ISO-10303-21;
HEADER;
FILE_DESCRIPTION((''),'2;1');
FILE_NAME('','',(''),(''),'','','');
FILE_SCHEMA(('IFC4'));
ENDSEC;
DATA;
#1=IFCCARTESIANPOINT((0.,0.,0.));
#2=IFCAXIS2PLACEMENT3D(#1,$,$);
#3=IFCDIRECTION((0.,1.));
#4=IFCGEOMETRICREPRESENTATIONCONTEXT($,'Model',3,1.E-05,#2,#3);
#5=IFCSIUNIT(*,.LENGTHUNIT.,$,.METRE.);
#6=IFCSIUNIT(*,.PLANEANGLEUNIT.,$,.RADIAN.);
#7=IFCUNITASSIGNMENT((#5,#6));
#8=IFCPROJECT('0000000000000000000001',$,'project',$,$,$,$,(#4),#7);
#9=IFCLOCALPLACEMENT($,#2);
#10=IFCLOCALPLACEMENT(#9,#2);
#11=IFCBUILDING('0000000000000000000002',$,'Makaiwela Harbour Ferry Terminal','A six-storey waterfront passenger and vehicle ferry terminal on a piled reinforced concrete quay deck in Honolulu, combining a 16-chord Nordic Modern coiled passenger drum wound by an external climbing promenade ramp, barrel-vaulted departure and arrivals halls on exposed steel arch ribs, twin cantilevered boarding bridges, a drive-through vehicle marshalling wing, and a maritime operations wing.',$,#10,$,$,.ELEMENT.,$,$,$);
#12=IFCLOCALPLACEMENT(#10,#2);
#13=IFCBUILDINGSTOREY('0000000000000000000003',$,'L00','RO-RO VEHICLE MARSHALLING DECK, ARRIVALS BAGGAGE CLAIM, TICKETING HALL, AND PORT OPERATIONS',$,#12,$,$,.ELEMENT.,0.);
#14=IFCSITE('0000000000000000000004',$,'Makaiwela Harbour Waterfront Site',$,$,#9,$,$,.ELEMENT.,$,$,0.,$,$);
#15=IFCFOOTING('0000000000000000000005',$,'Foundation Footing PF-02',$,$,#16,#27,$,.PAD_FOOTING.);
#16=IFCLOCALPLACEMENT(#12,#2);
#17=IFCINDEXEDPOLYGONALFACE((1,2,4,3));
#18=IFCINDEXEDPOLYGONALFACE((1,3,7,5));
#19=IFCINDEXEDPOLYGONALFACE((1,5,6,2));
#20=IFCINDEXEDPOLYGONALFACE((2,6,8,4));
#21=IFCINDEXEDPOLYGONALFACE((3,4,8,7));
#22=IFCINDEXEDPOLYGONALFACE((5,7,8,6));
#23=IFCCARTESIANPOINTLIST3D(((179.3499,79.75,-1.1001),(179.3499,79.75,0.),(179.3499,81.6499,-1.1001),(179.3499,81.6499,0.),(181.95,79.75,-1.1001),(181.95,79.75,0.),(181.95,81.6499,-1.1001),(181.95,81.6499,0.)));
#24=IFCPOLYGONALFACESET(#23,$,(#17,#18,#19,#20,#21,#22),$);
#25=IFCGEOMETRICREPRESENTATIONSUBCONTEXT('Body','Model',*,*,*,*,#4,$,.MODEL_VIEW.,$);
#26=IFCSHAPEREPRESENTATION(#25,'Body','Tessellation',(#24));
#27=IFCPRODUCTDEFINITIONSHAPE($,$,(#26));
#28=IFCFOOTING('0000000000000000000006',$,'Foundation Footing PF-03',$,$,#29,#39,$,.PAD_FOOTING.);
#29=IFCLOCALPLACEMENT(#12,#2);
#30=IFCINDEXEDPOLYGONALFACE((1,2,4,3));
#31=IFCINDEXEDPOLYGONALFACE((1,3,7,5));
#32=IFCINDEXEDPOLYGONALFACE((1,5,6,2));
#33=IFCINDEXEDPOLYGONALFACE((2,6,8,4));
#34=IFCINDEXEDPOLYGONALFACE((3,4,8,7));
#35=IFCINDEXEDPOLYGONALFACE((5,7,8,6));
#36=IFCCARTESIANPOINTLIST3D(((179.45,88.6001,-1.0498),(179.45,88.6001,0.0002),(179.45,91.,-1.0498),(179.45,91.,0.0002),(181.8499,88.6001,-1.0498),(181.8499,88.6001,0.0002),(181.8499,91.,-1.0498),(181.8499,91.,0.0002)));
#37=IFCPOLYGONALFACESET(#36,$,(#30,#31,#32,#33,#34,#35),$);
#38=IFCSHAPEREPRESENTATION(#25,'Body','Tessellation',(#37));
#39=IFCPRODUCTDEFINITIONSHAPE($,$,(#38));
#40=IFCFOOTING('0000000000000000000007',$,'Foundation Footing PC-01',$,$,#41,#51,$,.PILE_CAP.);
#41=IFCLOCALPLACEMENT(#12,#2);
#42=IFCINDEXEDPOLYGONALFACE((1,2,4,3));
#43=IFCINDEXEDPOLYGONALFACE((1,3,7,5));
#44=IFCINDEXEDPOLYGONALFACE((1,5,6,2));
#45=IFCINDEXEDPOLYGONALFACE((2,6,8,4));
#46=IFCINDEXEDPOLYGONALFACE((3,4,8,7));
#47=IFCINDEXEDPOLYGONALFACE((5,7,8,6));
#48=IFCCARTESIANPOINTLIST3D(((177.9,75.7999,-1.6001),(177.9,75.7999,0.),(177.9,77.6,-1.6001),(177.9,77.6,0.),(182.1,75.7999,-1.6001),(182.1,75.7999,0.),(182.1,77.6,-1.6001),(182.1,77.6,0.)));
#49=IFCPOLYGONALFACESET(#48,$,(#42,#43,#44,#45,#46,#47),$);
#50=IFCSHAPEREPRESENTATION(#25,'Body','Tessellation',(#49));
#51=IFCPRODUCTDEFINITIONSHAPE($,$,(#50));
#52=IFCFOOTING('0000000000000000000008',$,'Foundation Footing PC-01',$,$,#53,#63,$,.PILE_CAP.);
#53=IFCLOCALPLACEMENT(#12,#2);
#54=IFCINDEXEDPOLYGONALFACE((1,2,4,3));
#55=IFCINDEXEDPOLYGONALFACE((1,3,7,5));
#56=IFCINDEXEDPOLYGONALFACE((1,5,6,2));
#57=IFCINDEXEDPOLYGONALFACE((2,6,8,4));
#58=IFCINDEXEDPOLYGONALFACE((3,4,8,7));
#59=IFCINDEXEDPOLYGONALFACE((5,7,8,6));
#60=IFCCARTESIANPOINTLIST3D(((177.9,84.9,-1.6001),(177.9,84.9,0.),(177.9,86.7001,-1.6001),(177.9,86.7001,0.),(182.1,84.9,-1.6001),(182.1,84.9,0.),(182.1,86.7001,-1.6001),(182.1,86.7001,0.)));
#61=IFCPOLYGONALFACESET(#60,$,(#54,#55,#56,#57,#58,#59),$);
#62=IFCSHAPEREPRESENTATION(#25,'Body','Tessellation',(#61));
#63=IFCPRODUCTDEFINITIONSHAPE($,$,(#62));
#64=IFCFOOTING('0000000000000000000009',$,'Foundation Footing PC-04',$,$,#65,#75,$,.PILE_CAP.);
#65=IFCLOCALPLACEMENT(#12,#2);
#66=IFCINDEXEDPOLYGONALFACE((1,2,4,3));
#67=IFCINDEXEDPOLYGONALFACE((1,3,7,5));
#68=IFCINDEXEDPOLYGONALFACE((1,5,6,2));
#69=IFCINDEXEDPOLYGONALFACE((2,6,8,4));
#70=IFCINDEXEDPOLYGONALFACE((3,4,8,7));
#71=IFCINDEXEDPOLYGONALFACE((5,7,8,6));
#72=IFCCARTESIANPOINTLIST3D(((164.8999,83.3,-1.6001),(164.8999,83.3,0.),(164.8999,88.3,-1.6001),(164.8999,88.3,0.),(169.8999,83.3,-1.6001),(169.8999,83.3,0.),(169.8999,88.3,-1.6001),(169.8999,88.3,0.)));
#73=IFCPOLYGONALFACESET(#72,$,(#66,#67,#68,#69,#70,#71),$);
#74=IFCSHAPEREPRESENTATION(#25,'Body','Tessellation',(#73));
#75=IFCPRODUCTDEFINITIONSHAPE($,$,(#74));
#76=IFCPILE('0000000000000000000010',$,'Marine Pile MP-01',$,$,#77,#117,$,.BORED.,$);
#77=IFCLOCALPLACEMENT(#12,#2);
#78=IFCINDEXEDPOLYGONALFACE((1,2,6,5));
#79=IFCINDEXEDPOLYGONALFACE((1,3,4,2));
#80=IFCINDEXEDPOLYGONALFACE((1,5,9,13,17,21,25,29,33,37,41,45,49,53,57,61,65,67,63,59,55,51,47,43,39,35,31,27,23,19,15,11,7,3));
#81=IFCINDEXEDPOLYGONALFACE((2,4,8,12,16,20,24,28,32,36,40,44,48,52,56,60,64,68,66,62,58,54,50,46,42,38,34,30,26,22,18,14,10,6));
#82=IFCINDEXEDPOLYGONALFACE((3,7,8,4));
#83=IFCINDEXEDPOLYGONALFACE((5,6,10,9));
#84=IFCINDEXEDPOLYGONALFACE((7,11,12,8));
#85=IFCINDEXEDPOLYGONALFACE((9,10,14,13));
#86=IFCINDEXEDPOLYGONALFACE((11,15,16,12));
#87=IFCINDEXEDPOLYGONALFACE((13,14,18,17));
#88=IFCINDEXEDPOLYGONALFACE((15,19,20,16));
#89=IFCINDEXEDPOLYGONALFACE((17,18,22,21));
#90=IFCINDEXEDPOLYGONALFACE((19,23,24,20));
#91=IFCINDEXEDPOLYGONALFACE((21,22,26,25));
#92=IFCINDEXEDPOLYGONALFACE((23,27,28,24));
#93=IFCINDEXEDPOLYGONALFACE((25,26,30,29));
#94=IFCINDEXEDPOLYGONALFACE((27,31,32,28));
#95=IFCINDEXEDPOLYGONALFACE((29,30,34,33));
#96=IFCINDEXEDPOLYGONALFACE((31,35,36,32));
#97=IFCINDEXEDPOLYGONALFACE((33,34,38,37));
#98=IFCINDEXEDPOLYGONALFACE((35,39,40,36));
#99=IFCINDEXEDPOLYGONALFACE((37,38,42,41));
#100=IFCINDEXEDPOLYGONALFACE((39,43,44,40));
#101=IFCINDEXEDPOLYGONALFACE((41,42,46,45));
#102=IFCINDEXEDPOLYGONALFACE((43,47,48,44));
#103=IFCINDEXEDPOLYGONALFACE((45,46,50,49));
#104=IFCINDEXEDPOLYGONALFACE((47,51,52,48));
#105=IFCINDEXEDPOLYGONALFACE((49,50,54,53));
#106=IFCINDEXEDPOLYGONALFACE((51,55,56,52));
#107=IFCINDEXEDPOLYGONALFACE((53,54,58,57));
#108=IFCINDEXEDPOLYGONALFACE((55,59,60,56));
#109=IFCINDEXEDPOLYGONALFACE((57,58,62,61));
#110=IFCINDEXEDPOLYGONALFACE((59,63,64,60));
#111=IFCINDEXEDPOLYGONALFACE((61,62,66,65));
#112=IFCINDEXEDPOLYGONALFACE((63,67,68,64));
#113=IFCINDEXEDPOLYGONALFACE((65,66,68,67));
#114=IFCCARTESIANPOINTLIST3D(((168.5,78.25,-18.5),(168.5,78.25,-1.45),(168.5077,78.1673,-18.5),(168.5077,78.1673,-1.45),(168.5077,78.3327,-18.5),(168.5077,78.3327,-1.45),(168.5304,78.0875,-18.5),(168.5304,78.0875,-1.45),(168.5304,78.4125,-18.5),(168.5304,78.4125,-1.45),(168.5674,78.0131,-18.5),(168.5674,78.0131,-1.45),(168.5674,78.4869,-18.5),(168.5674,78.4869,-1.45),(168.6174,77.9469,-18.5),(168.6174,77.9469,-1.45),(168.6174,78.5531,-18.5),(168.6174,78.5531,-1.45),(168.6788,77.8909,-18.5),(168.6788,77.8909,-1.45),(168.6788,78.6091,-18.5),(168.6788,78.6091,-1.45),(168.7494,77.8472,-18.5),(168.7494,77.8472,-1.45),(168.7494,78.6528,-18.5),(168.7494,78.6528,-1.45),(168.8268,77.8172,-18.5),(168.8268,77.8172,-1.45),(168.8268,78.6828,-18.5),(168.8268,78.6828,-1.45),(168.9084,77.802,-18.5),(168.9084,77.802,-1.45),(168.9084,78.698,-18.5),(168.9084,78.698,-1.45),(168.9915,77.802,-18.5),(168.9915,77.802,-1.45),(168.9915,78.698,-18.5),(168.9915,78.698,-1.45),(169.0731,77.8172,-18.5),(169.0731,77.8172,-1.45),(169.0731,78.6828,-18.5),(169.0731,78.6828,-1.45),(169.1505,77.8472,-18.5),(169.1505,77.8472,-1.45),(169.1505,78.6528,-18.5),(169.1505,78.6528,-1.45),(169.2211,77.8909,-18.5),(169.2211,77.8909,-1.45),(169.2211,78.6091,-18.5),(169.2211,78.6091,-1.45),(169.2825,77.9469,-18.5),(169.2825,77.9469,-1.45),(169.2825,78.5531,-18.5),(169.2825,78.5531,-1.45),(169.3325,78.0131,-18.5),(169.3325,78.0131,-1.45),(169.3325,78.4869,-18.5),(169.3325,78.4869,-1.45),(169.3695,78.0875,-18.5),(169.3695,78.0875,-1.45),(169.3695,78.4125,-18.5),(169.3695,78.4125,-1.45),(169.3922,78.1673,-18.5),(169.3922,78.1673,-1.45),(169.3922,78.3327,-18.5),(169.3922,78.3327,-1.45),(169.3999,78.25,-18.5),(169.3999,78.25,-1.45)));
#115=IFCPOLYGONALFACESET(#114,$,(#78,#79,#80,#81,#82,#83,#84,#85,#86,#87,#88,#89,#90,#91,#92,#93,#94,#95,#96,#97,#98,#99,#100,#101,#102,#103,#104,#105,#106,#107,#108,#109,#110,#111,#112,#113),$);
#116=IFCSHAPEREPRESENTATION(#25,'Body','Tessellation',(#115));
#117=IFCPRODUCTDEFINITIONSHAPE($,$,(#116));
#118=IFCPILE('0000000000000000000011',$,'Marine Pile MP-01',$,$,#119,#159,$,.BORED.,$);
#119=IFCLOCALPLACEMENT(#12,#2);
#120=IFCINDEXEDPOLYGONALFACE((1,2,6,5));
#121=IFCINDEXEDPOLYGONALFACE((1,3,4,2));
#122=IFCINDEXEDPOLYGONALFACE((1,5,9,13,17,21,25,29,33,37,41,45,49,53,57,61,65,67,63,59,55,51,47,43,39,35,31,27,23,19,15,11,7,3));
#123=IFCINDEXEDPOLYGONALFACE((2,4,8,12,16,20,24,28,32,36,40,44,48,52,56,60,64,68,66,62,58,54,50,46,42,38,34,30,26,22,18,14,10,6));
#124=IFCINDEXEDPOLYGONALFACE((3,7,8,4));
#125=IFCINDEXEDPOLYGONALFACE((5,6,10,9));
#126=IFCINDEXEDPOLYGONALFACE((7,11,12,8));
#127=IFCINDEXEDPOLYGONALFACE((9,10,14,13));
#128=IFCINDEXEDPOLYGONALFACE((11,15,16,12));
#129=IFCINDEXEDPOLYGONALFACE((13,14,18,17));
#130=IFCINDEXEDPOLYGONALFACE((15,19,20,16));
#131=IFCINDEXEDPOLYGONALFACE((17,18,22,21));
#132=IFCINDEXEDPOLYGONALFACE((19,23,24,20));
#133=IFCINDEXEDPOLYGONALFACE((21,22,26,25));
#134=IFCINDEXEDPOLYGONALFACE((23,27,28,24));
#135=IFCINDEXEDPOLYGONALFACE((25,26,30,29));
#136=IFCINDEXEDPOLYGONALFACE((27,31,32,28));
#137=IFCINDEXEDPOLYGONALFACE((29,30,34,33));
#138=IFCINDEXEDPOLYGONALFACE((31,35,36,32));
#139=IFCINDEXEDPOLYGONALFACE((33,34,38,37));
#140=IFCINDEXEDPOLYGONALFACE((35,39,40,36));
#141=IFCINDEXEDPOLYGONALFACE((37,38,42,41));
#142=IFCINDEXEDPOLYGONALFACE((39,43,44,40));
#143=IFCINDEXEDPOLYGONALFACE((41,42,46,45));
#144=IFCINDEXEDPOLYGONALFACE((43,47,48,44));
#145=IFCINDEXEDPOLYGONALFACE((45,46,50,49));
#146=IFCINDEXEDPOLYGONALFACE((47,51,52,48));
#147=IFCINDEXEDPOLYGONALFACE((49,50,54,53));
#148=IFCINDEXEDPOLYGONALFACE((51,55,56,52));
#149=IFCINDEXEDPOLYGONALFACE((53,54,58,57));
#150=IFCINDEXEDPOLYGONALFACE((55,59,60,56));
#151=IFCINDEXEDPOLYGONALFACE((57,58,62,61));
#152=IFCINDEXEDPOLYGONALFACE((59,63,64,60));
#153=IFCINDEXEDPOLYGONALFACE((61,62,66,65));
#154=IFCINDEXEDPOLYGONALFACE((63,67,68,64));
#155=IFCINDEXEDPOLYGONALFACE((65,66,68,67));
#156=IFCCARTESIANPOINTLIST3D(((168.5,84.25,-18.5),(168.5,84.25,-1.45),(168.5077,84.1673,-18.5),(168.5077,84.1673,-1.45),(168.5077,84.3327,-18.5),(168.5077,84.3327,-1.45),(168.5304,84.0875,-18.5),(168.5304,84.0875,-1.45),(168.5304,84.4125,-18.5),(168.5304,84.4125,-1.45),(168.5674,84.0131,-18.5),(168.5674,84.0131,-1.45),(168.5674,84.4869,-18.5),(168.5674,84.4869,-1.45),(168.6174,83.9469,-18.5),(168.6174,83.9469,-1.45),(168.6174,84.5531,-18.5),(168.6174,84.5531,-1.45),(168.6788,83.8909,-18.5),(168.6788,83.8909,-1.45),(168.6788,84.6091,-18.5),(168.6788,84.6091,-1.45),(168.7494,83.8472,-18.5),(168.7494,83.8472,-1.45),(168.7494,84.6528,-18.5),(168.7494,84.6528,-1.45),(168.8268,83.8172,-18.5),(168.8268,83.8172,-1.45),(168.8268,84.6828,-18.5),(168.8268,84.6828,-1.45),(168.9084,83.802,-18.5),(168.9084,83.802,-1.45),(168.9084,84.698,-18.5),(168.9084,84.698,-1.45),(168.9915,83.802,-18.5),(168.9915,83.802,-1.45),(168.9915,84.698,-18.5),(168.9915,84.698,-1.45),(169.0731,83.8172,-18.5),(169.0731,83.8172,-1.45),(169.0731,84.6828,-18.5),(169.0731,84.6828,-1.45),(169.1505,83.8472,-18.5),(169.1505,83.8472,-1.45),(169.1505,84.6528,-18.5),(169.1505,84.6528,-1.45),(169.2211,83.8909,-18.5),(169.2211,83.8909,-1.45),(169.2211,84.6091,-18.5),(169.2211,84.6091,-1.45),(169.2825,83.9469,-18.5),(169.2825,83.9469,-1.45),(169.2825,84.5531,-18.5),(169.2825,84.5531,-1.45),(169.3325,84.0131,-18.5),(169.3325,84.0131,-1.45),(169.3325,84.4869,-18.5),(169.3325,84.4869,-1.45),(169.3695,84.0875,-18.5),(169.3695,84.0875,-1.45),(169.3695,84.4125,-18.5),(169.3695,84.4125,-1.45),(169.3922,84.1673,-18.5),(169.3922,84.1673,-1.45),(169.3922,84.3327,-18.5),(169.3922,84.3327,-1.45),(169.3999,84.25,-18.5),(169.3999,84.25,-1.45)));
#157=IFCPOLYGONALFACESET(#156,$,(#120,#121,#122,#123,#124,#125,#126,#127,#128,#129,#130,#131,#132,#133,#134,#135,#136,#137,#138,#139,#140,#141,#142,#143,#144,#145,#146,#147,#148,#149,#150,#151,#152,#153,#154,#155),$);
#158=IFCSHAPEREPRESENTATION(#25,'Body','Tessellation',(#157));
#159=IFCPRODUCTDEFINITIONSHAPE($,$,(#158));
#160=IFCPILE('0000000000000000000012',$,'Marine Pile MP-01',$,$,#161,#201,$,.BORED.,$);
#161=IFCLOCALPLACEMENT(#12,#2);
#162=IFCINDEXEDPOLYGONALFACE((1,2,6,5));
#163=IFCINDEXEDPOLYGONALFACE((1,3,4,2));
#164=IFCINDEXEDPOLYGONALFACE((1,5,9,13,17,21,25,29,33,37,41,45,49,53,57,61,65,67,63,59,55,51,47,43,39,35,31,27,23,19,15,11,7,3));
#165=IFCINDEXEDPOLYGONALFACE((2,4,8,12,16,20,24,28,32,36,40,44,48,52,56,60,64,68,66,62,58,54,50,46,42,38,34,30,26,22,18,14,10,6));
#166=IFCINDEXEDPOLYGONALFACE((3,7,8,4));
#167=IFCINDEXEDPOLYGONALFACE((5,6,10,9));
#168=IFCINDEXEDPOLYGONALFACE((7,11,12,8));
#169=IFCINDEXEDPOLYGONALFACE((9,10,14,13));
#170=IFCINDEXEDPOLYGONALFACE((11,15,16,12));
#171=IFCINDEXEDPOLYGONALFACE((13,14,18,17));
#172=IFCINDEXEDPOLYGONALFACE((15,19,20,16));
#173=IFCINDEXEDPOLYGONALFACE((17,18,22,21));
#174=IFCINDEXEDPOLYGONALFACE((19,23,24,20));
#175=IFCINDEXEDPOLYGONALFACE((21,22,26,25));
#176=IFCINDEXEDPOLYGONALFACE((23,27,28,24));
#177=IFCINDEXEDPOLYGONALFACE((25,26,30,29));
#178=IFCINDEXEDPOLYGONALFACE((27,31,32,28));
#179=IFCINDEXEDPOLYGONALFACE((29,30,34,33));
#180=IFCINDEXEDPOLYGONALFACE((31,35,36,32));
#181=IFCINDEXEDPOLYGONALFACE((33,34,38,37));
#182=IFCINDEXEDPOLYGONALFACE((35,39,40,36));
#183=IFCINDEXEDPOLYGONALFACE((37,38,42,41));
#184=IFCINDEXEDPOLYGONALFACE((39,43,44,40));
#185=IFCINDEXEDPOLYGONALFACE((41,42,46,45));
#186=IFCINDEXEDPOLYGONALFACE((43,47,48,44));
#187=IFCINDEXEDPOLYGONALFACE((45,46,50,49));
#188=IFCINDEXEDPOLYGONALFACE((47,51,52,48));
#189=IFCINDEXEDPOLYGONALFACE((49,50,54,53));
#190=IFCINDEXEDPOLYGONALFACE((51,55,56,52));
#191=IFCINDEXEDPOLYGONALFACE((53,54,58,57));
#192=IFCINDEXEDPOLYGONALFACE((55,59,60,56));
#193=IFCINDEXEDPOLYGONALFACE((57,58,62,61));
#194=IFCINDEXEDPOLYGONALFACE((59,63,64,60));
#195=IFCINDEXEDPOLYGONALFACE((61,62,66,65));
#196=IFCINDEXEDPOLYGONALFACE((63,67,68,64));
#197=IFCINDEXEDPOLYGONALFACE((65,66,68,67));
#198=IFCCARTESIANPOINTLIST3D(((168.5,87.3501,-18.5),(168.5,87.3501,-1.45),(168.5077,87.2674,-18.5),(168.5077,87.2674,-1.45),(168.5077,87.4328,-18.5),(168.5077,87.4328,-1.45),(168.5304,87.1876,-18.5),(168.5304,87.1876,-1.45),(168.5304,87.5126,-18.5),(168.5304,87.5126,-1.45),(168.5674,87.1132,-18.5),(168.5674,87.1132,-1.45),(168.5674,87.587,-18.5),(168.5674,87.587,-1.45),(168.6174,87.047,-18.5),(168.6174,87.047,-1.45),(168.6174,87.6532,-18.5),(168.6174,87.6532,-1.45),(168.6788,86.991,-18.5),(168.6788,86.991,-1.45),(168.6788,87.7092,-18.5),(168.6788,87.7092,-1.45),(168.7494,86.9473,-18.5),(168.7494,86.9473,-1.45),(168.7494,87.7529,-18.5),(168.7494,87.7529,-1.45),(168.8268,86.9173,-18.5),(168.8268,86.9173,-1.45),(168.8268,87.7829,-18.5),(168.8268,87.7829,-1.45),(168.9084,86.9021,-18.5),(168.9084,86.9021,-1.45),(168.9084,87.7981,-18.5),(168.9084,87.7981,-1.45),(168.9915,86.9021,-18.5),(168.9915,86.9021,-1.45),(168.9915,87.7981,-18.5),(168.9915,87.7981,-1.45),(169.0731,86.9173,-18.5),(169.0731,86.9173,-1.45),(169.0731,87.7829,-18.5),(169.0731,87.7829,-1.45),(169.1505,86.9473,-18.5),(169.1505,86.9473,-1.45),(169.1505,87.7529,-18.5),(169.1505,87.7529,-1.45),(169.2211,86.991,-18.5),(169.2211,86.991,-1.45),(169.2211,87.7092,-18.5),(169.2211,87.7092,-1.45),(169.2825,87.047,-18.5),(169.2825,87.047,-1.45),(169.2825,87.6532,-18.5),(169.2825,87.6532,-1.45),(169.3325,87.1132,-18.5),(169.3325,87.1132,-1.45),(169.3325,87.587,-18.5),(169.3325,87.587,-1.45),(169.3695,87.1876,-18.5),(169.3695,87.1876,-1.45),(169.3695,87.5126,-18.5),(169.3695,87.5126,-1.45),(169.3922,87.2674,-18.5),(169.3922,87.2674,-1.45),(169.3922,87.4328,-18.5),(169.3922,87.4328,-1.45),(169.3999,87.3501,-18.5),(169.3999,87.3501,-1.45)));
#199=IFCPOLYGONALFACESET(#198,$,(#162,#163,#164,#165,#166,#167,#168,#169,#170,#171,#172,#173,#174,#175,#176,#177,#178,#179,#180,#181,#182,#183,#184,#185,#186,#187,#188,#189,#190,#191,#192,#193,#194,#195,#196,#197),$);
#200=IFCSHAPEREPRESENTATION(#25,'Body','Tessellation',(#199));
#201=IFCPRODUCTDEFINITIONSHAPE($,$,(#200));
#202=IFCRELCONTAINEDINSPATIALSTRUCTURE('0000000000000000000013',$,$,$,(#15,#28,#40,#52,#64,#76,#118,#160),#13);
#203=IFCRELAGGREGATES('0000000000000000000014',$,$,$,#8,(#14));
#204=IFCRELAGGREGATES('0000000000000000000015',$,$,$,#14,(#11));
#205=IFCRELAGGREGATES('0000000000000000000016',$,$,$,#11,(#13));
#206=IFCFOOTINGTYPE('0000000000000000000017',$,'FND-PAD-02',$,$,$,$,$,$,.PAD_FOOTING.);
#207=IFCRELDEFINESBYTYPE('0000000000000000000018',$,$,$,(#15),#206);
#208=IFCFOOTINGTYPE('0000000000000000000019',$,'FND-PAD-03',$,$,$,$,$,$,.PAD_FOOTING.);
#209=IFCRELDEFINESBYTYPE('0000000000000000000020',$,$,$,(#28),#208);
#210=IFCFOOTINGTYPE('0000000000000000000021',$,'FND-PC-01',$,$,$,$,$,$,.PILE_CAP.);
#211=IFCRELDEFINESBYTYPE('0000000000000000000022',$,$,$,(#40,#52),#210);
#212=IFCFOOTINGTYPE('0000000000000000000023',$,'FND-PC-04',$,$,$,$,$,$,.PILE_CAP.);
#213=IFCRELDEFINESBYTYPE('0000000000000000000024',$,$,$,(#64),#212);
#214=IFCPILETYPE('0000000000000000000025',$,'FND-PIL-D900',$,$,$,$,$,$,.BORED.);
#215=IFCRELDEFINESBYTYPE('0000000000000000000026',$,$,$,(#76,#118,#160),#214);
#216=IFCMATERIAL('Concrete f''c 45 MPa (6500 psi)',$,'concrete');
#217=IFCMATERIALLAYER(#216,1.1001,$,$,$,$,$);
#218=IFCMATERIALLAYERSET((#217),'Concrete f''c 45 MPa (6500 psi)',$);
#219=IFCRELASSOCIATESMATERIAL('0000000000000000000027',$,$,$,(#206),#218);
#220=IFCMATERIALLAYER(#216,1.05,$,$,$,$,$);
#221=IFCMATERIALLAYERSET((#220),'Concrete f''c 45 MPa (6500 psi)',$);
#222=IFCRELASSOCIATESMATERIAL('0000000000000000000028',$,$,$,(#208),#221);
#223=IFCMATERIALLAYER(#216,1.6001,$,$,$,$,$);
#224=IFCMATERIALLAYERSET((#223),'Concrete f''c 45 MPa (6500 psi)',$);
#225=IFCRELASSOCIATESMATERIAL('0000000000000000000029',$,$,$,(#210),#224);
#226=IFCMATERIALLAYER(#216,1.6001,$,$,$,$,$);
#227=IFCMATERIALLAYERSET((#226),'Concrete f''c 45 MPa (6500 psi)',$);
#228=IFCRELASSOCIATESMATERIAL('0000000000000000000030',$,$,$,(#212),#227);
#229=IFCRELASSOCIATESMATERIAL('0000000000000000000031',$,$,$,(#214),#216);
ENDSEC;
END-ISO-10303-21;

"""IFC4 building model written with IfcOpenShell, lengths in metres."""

from ifc_helpers import new_model, si_unit, direction, frame, origin, origin_2d, place, context, subcontext, project, spatial, rectangle, circle, extrude, material, layer, layer_set, material_profile, profile_set, type_object, element, save


model = new_model("IFC4")

# Units and contexts
model_context = context("Model", 3, precision=1e-05, world=origin(), true_north=direction((0.0, 1.0)))
body_context = subcontext(model_context, "Body", "Model", "MODEL_VIEW")
ifc_project = project(units=[si_unit("LENGTHUNIT", "METRE"), si_unit("PLANEANGLEUNIT", "RADIAN")], contexts=[model_context])

# Site, building, storey
site_placement = place(None, origin())
site = spatial("IfcSite", under=ifc_project, at=site_placement, Name="Makaiwela Harbour Waterfront Site", CompositionType="ELEMENT", RefElevation=0.0)
building_placement = place(site_placement, origin())
building = spatial("IfcBuilding", under=site, at=building_placement, Name="Makaiwela Harbour Ferry Terminal", Description="A six-storey waterfront passenger and vehicle ferry terminal on a piled reinforced concrete quay deck in Honolulu, combining a 16-chord Nordic Modern coiled passenger drum wound by an external climbing promenade ramp, barrel-vaulted departure and arrivals halls on exposed steel arch ribs, twin cantilevered boarding bridges, a drive-through vehicle marshalling wing, and a maritime operations wing.", CompositionType="ELEMENT")
storey_placement = place(building_placement, origin())
storey = spatial("IfcBuildingStorey", under=building, at=storey_placement, Name="L00", Description="RO-RO VEHICLE MARSHALLING DECK, ARRIVALS BAGGAGE CLAIM, TICKETING HALL, AND PORT OPERATIONS", CompositionType="ELEMENT", Elevation=0.0)

# Footings
ifc_material_1 = material(Name="Concrete f'c 45 MPa (6500 psi)", Category="concrete")
ifc_layer_1 = layer(ifc_material_1, 1.1001)
ifc_layer_set_1 = layer_set([ifc_layer_1], Name="Concrete f'c 45 MPa (6500 psi)")
footing_type_1 = type_object("IfcFootingType", Name="FND-PAD-02", PredefinedType="PAD_FOOTING", material=ifc_layer_set_1)
footing_1_placement = place(storey_placement, frame((180.6499, 80.7, -1.1001), z_axis=(0.0, 0.0, 1.0), x_axis=(1.0, 0.0, 0.0)))
element("IfcFooting", 1, at=footing_1_placement, inside=storey, type_object=footing_type_1, Name="Foundation Footing PF-02", PredefinedType="PAD_FOOTING", context=body_context, shape_type="SweptSolid", body=[
    extrude(rectangle(XDim=2.6001, YDim=1.8999, at=origin_2d()), origin(), (0.0, 0.0, 1.0), 1.1001),
])
ifc_layer_2 = layer(ifc_material_1, 1.05)
ifc_layer_set_2 = layer_set([ifc_layer_2], Name="Concrete f'c 45 MPa (6500 psi)")
footing_type_2 = type_object("IfcFootingType", Name="FND-PAD-03", PredefinedType="PAD_FOOTING", material=ifc_layer_set_2)
footing_2_placement = place(storey_placement, frame((180.6499, 89.8, -1.0498), z_axis=(0.0, 0.0, 1.0), x_axis=(1.0, 0.0, 0.0)))
element("IfcFooting", 2, at=footing_2_placement, inside=storey, type_object=footing_type_2, Name="Foundation Footing PF-03", PredefinedType="PAD_FOOTING", context=body_context, shape_type="SweptSolid", body=[
    extrude(rectangle(XDim=2.3999, YDim=2.3999, at=origin_2d()), origin(), (0.0, 0.0, 1.0), 1.05),
])
ifc_layer_3 = layer(ifc_material_1, 1.6001)
ifc_layer_set_3 = layer_set([ifc_layer_3], Name="Concrete f'c 45 MPa (6500 psi)")
footing_type_3 = type_object("IfcFootingType", Name="FND-PC-01", PredefinedType="PILE_CAP", material=ifc_layer_set_3)
for number, where, z_axis, x_axis, name in (
    (3, (180.0, 76.7, -1.6001), (0.0, 0.0, 1.0), (1.0, 0.0, 0.0), "Foundation Footing PC-01"),
    (4, (180.0, 85.8, -1.6001), (0.0, 0.0, 1.0), (1.0, 0.0, 0.0), "Foundation Footing PC-01"),
):
    element("IfcFooting", number, at=place(storey_placement, frame(where, z_axis=z_axis, x_axis=x_axis)), inside=storey, type_object=footing_type_3, Name=name, PredefinedType="PILE_CAP", context=body_context, shape_type="SweptSolid", body=[
        extrude(rectangle(XDim=4.2, YDim=1.8, at=origin_2d()), origin(), (0.0, 0.0, 1.0), 1.6001),
    ])
ifc_layer_4 = layer(ifc_material_1, 1.6001)
ifc_layer_set_4 = layer_set([ifc_layer_4], Name="Concrete f'c 45 MPa (6500 psi)")
footing_type_4 = type_object("IfcFootingType", Name="FND-PC-04", PredefinedType="PILE_CAP", material=ifc_layer_set_4)
footing_3_placement = place(storey_placement, frame((167.3999, 85.8, -1.6001), z_axis=(0.0, 0.0, 1.0), x_axis=(1.0, 0.0, 0.0)))
element("IfcFooting", 5, at=footing_3_placement, inside=storey, type_object=footing_type_4, Name="Foundation Footing PC-04", PredefinedType="PILE_CAP", context=body_context, shape_type="SweptSolid", body=[
    extrude(rectangle(XDim=5.0, YDim=5.0, at=origin_2d()), origin(), (0.0, 0.0, 1.0), 1.6001),
])

# Piles
ifc_material_profile_1 = material_profile(ifc_material_1, circle(Radius=0.45, at=origin_2d()), Name="PILE-D900")
ifc_profile_set_1 = profile_set([ifc_material_profile_1], Name="Concrete f'c 45 MPa (6500 psi)")
pile_type = type_object("IfcPileType", Name="FND-PIL-D900", PredefinedType="BORED", material=ifc_profile_set_1)
for number, where, z_axis, x_axis, name in (
    (6, (168.95, 78.25, -1.45), (0.0, 0.0, -1.0), (1.0, 0.0, 0.0), "Marine Pile MP-01"),
    (7, (168.95, 84.25, -1.45), (0.0, 0.0, -1.0), (1.0, 0.0, 0.0), "Marine Pile MP-01"),
    (8, (168.95, 87.3501, -1.45), (0.0, 0.0, -1.0), (1.0, 0.0, 0.0), "Marine Pile MP-01"),
):
    element("IfcPile", number, at=place(storey_placement, frame(where, z_axis=z_axis, x_axis=x_axis)), inside=storey, type_object=pile_type, Name=name, PredefinedType="BORED", context=body_context, shape_type="SweptSolid", body=[
        extrude(circle(Radius=0.45, at=origin_2d()), origin(), (0.0, 0.0, 1.0), 17.05),
    ])

save(model, "model.ifc")
